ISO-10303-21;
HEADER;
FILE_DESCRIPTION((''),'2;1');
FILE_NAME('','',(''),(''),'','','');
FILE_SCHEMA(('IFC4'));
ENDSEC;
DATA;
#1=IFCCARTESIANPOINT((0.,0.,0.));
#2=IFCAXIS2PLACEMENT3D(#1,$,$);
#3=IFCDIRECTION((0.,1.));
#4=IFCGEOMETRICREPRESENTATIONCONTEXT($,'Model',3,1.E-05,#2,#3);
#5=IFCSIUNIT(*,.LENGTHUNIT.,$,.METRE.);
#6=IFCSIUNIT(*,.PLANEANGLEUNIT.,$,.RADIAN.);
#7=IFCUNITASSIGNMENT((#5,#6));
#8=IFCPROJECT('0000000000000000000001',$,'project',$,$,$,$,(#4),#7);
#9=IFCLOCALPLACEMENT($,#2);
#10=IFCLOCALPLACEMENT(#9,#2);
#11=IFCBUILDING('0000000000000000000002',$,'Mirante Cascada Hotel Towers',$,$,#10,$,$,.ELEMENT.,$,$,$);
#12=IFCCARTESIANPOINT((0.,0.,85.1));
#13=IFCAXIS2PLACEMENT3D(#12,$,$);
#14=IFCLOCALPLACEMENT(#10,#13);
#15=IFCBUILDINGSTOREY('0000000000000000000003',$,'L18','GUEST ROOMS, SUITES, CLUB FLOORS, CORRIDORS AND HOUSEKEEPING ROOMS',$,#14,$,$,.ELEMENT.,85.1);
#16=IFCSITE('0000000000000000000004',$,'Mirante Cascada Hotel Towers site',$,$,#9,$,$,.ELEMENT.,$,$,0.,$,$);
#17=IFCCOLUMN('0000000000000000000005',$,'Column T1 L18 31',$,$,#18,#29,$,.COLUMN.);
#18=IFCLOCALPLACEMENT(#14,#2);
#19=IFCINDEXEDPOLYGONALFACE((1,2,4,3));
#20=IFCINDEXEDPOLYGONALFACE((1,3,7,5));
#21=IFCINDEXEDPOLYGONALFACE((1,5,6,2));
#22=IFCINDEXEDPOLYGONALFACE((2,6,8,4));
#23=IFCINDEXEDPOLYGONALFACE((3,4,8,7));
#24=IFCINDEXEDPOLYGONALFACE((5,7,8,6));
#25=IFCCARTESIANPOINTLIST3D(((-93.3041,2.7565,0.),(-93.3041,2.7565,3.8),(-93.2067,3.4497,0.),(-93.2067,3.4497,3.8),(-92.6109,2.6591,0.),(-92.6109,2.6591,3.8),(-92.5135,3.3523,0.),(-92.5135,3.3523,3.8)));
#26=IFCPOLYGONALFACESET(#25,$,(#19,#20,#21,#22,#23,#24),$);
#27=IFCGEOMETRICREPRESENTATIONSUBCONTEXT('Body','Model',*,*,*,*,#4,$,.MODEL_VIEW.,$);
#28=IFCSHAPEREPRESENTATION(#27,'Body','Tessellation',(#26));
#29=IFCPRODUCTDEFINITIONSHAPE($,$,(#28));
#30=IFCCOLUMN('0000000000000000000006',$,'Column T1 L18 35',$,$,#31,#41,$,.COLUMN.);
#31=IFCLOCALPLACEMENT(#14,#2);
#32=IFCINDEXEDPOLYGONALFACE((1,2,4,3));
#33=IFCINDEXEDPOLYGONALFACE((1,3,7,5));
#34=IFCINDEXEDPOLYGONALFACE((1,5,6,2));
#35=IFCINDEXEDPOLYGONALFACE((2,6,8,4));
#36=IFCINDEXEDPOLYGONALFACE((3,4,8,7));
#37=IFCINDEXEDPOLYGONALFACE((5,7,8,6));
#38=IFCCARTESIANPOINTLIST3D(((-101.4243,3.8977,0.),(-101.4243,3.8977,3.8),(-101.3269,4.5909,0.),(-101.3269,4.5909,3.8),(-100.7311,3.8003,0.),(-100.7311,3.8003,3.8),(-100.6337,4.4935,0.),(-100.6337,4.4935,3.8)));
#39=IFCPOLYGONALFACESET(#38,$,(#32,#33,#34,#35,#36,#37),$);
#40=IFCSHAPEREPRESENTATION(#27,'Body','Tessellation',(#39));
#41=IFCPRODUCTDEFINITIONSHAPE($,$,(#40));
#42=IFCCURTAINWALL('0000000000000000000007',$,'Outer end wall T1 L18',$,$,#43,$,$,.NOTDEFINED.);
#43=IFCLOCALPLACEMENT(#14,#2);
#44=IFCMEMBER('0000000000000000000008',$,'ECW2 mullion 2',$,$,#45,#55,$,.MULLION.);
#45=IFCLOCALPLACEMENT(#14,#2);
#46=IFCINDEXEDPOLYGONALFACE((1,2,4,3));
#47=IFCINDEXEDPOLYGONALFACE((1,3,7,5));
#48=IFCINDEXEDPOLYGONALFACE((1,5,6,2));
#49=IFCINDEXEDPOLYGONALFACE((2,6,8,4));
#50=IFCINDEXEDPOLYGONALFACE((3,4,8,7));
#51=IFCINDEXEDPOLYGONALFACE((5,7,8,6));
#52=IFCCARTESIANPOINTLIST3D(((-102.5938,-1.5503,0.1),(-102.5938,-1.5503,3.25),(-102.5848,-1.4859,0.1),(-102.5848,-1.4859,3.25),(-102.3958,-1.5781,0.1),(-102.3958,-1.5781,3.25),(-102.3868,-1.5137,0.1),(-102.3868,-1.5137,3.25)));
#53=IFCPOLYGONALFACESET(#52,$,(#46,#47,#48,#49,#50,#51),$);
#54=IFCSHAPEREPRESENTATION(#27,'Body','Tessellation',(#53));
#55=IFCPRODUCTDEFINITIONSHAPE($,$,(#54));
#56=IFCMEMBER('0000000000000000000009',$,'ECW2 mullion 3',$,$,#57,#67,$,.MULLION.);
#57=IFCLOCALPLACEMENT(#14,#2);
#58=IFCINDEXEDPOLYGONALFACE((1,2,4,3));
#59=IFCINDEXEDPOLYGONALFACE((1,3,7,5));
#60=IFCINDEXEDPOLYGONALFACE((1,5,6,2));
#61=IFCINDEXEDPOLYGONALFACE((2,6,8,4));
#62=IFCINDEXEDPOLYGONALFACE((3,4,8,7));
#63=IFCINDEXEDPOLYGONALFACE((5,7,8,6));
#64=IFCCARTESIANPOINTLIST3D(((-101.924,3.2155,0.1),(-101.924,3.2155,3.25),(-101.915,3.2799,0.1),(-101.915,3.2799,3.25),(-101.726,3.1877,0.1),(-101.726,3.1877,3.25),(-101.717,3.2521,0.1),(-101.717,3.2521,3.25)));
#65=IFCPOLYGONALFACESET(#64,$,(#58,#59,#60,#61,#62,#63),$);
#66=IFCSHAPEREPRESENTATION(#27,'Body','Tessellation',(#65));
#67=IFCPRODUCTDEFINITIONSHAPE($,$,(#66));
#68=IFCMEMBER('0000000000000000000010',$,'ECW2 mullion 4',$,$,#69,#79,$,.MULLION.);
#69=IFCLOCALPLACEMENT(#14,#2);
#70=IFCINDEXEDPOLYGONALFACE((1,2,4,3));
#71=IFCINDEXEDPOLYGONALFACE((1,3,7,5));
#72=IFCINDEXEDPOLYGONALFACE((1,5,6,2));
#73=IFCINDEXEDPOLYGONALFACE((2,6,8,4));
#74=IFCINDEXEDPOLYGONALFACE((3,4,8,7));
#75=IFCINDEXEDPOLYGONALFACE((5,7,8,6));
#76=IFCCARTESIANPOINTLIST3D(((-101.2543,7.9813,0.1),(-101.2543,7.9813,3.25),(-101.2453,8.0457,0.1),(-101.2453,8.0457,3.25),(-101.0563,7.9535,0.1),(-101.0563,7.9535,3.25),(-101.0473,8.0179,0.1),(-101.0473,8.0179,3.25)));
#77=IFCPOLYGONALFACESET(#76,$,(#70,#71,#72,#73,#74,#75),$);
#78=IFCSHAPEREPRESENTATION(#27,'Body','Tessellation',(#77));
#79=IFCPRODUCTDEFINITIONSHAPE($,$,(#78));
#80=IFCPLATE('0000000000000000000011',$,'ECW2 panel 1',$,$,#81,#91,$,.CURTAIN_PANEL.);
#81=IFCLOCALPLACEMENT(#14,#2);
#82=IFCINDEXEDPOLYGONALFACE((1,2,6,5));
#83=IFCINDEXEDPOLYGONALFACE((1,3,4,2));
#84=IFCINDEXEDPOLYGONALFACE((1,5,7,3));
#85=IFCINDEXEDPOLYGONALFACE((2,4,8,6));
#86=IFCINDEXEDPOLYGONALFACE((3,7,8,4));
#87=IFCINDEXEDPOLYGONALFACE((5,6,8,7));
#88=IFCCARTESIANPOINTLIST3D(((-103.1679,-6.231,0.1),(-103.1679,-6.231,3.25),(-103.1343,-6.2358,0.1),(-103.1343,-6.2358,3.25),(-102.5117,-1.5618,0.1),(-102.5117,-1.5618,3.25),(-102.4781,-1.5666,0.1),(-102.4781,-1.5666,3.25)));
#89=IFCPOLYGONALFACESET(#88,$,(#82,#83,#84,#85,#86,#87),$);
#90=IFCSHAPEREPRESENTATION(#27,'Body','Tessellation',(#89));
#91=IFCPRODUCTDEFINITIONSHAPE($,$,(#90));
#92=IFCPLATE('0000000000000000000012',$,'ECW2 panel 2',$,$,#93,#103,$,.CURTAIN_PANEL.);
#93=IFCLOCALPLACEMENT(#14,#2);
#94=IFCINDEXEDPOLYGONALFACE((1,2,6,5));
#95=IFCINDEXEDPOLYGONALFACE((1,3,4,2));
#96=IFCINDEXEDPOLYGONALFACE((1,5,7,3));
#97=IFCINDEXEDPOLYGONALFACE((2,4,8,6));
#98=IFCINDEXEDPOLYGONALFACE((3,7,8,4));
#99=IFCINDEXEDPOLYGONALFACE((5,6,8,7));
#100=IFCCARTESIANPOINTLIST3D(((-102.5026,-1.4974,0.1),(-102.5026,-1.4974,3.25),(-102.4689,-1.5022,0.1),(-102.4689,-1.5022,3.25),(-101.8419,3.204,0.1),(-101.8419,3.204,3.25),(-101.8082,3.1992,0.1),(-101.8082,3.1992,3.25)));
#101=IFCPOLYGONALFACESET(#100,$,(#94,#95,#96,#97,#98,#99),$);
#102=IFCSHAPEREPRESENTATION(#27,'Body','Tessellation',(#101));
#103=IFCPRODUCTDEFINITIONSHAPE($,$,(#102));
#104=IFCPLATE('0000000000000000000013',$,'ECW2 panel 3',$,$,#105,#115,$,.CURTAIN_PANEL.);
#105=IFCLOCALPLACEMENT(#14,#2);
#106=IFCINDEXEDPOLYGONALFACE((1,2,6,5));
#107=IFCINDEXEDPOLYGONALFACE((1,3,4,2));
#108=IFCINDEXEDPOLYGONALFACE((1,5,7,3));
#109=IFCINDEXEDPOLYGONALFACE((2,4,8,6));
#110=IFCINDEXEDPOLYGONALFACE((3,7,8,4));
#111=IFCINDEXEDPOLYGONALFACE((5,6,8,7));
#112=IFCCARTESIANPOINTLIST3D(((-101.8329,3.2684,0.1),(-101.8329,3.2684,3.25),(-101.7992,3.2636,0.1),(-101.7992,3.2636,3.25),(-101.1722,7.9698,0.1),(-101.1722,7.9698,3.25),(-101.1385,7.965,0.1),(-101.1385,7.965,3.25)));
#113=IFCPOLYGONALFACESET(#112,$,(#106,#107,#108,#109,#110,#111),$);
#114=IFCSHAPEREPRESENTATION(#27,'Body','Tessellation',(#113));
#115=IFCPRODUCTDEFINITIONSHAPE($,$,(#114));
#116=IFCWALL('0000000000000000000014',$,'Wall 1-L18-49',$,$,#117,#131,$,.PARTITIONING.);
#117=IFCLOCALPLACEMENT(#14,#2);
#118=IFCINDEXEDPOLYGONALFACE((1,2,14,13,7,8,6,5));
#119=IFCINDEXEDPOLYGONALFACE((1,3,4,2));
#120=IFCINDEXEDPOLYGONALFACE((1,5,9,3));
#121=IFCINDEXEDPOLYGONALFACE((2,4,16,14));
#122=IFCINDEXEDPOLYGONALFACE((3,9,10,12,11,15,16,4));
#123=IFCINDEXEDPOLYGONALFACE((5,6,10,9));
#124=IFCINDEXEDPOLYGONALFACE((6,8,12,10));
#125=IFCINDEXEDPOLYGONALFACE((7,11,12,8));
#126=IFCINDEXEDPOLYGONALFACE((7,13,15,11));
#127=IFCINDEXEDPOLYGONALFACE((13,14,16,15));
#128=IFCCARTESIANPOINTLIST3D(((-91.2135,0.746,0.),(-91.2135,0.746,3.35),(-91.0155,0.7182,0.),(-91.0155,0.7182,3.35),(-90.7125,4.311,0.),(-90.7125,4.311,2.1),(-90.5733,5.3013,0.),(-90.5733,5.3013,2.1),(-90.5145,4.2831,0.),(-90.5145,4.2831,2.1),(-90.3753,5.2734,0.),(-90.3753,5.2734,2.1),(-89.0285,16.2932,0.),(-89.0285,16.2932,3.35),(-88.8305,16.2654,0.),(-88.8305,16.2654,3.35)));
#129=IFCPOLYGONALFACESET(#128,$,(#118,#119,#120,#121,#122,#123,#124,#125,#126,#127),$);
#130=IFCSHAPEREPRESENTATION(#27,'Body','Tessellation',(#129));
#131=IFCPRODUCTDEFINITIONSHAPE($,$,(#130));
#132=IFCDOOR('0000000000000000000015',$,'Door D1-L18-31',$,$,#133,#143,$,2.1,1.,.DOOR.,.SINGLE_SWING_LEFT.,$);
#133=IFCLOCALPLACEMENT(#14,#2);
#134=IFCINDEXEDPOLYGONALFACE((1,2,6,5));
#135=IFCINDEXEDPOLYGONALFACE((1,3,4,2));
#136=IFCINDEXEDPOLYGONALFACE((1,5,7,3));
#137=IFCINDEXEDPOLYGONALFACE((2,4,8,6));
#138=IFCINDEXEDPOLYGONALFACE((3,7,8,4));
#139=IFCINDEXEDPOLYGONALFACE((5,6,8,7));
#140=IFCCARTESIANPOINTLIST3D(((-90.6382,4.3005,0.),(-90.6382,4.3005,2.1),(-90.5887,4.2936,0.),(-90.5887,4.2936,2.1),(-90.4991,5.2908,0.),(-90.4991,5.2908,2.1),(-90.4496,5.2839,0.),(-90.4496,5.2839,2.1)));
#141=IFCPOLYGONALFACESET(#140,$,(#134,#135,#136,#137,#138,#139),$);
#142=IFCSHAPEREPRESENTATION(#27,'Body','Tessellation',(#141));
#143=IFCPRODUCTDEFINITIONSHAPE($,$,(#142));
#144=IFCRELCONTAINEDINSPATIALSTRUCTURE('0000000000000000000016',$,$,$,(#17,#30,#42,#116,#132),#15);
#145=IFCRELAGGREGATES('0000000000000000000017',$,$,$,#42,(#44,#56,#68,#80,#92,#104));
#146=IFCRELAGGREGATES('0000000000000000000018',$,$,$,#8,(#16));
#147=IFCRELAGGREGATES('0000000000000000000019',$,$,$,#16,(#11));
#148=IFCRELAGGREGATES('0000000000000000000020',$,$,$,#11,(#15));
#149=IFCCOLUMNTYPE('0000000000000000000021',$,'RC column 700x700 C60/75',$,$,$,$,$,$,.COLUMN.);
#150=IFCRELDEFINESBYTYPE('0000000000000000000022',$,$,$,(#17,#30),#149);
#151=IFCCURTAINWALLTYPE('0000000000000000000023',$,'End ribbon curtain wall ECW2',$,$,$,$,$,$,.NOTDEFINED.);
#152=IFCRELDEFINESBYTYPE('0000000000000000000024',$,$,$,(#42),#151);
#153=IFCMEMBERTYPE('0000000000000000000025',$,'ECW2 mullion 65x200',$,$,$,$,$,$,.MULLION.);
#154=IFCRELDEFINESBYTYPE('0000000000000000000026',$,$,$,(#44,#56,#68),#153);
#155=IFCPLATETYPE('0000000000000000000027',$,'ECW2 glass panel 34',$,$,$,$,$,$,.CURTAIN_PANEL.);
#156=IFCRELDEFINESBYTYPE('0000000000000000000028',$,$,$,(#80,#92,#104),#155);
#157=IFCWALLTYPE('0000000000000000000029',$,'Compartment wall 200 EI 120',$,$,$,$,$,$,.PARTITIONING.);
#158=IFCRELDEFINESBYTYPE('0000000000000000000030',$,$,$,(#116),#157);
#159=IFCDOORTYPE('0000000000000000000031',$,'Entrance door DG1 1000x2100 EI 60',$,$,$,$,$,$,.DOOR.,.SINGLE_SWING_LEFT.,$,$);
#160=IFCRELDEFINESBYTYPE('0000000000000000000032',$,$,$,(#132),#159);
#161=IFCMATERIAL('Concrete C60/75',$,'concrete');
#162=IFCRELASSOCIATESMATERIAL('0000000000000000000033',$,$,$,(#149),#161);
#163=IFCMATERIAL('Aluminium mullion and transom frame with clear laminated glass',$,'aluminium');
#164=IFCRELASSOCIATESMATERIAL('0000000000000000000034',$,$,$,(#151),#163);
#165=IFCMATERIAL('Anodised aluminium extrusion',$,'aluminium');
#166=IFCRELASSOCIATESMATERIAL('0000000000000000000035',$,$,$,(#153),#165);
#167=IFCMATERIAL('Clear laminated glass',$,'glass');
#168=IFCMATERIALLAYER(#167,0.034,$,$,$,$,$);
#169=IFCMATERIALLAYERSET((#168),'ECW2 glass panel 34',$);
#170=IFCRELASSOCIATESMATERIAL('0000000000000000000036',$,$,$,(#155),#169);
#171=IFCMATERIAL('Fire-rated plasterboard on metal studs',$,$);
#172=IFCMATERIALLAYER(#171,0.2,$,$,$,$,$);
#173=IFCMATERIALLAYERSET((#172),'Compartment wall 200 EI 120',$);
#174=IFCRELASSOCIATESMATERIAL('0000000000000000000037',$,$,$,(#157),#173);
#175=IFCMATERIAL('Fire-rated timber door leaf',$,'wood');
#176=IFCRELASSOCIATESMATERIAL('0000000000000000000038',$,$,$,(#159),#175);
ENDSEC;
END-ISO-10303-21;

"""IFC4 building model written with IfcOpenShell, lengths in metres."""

from ifc_helpers import new_model, si_unit, direction, frame, frame_2d, origin, origin_2d, place, context, subcontext, project, spatial, rectangle, extrude, material, layer, layer_set, material_profile, profile_set, type_object, element, fill, aggregate, save


model = new_model("IFC4")

# Units and contexts
model_context = context("Model", 3, precision=1e-05, world=origin(), true_north=direction((0.0, 1.0)))
body_context = subcontext(model_context, "Body", "Model", "MODEL_VIEW")
ifc_project = project(units=[si_unit("LENGTHUNIT", "METRE"), si_unit("PLANEANGLEUNIT", "RADIAN")], contexts=[model_context])

# Site, building, storey
site_placement = place(None, origin())
site = spatial("IfcSite", under=ifc_project, at=site_placement, Name="Mirante Cascada Hotel Towers site", CompositionType="ELEMENT", RefElevation=0.0)
building_placement = place(site_placement, origin())
building = spatial("IfcBuilding", under=site, at=building_placement, Name="Mirante Cascada Hotel Towers", CompositionType="ELEMENT")
storey_placement = place(building_placement, frame((0.0, 0.0, 85.1)))
storey = spatial("IfcBuildingStorey", under=building, at=storey_placement, Name="L18", Description="GUEST ROOMS, SUITES, CLUB FLOORS, CORRIDORS AND HOUSEKEEPING ROOMS", CompositionType="ELEMENT", Elevation=85.1)

# Columns
ifc_material_1 = material(Name="Concrete C60/75", Category="concrete")
ifc_material_profile_1 = material_profile(ifc_material_1, rectangle(XDim=0.7, YDim=0.7, at=origin_2d()), Name="RC column 700x700 C60/75")
ifc_profile_set_1 = profile_set([ifc_material_profile_1], Name="Concrete C60/75")
column_type = type_object("IfcColumnType", Name="RC column 700x700 C60/75", PredefinedType="COLUMN", material=ifc_profile_set_1)
for number, where, z_axis, x_axis, name in (
    (1, (-92.9088, 3.0544, 0.0), (0.0, 0.0, 1.0), (-0.990268, 0.139173, 0.0), "Column T1 L18 31"),
    (2, (-101.029, 4.1956, 0.0), (0.0, 0.0, 1.0), (-0.990268, 0.139173, 0.0), "Column T1 L18 35"),
):
    element("IfcColumn", number, at=place(storey_placement, frame(where, z_axis=z_axis, x_axis=x_axis)), inside=storey, type_object=column_type, Name=name, PredefinedType="COLUMN", context=body_context, shape_type="SweptSolid", body=[
        extrude(rectangle(XDim=0.7, YDim=0.7, at=origin_2d()), origin(), (0.0, 0.0, 1.0), 3.8),
    ])

# Curtain wall, members, plates
ifc_material_2 = material(Name="Aluminium mullion and transom frame with clear laminated glass", Category="aluminium")
curtain_wall_type = type_object("IfcCurtainWallType", Name="End ribbon curtain wall ECW2", PredefinedType="NOTDEFINED", material=ifc_material_2)
curtain_wall_placement = place(storey_placement, origin())
curtain_wall = element("IfcCurtainWall", 3, at=curtain_wall_placement, inside=storey, type_object=curtain_wall_type, Name="Outer end wall T1 L18", PredefinedType="NOTDEFINED")
ifc_material_3 = material(Name="Anodised aluminium extrusion", Category="aluminium")
ifc_material_profile_2 = material_profile(ifc_material_3, rectangle(XDim=0.2, YDim=0.065, at=origin_2d()), Name="ECW2 MULLION 65x200")
ifc_profile_set_2 = profile_set([ifc_material_profile_2], Name="Anodised aluminium extrusion")
member_type = type_object("IfcMemberType", Name="ECW2 mullion 65x200", PredefinedType="MULLION", material=ifc_profile_set_2)
member_1_placement = place(storey_placement, frame((-102.4903, -1.532, 0.1), z_axis=(0.0, 0.0, 1.0), x_axis=(-0.990268, 0.139173, 0.0)))
member_1 = element("IfcMember", 4, at=member_1_placement, type_object=member_type, Name="ECW2 mullion 2", PredefinedType="MULLION", context=body_context, shape_type="SweptSolid", body=[
    extrude(rectangle(XDim=0.2, YDim=0.065, at=origin_2d()), origin(), (0.0, 0.0, 1.0), 3.15),
])
member_2_placement = place(storey_placement, frame((-101.8205, 3.2338, 0.1), z_axis=(0.0, 0.0, 1.0), x_axis=(-0.990268, 0.139173, 0.0)))
member_2 = element("IfcMember", 5, at=member_2_placement, type_object=member_type, Name="ECW2 mullion 3", PredefinedType="MULLION", context=body_context, shape_type="SweptSolid", body=[
    extrude(rectangle(XDim=0.2, YDim=0.065, at=origin_2d()), origin(), (0.0, 0.0, 1.0), 3.15),
])
member_3_placement = place(storey_placement, frame((-101.1508, 7.9996, 0.1), z_axis=(0.0, 0.0, 1.0), x_axis=(-0.990268, 0.139173, 0.0)))
member_3 = element("IfcMember", 6, at=member_3_placement, type_object=member_type, Name="ECW2 mullion 4", PredefinedType="MULLION", context=body_context, shape_type="SweptSolid", body=[
    extrude(rectangle(XDim=0.2, YDim=0.065, at=origin_2d()), origin(), (0.0, 0.0, 1.0), 3.15),
])
ifc_material_4 = material(Name="Clear laminated glass", Category="glass")
ifc_layer_1 = layer(ifc_material_4, 0.034)
ifc_layer_set_1 = layer_set([ifc_layer_1], Name="ECW2 glass panel 34")
plate_type = type_object("IfcPlateType", Name="ECW2 glass panel 34", PredefinedType="CURTAIN_PANEL", material=ifc_layer_set_1)
plate_1_placement = place(storey_placement, frame((-102.823, -3.8988, 0.1), z_axis=(0.0, 0.0, 1.0), x_axis=(0.139173, 0.990268, 0.0)))
plate_1 = element("IfcPlate", 7, at=plate_1_placement, type_object=plate_type, Name="ECW2 panel 1", PredefinedType="CURTAIN_PANEL", context=body_context, shape_type="SweptSolid", body=[
    extrude(rectangle(XDim=4.7151, YDim=0.034, at=origin_2d()), origin(), (0.0, 0.0, 1.0), 3.15),
])
plate_2_placement = place(storey_placement, frame((-102.1554, 0.8509, 0.1), z_axis=(0.0, 0.0, 1.0), x_axis=(0.139173, 0.990268, 0.0)))
plate_2 = element("IfcPlate", 8, at=plate_2_placement, type_object=plate_type, Name="ECW2 panel 2", PredefinedType="CURTAIN_PANEL", context=body_context, shape_type="SweptSolid", body=[
    extrude(rectangle(XDim=4.7476, YDim=0.034, at=origin_2d()), origin(), (0.0, 0.0, 1.0), 3.15),
])
plate_3_placement = place(storey_placement, frame((-101.4857, 5.6167, 0.1), z_axis=(0.0, 0.0, 1.0), x_axis=(0.139173, 0.990268, 0.0)))
plate_3 = element("IfcPlate", 9, at=plate_3_placement, type_object=plate_type, Name="ECW2 panel 3", PredefinedType="CURTAIN_PANEL", context=body_context, shape_type="SweptSolid", body=[
    extrude(rectangle(XDim=4.7476, YDim=0.034, at=origin_2d()), origin(), (0.0, 0.0, 1.0), 3.15),
])
aggregate(curtain_wall, [member_1, member_2, member_3, plate_1, plate_2, plate_3])

# Wall, opening, door
ifc_material_5 = material(Name="Fire-rated plasterboard on metal studs")
ifc_layer_2 = layer(ifc_material_5, 0.2)
ifc_layer_set_2 = layer_set([ifc_layer_2], Name="Compartment wall 200 EI 120")
wall_type_1 = type_object("IfcWallType", Name="Compartment wall 200 EI 120", PredefinedType="PARTITIONING", material=ifc_layer_set_2)
wall_1_placement = place(storey_placement, frame((-91.1145, 0.7321, 0.0), z_axis=(0.0, 0.0, 1.0), x_axis=(0.139172, 0.990268, 0.0)))
wall_1 = element("IfcWall", 10, at=wall_1_placement, inside=storey, type_object=wall_type_1, Name="Wall 1-L18-49", PredefinedType="PARTITIONING", context=body_context, shape_type="SweptSolid", body=[
    extrude(rectangle(XDim=15.7, YDim=0.2, at=frame_2d((7.85, 0.0))), origin(), (0.0, 0.0, 1.0), 3.35),
])
opening_1_placement = place(wall_1_placement, frame((3.6, 0.0, 0.0)))
opening_1 = element("IfcOpeningElement", 11, at=opening_1_placement, cuts=wall_1, PredefinedType="OPENING", context=body_context, shape_type="SweptSolid", body=[
    extrude(rectangle(XDim=1.0, YDim=2.1, at=frame_2d((0.5, 1.05))), frame((0.0, 0.1, 0.0), z_axis=(0.0, -1.0, 0.0), x_axis=(1.0, 0.0, 0.0)), (0.0, 0.0, 1.0), 0.2),
])
ifc_material_6 = material(Name="Fire-rated timber door leaf", Category="wood")
door_type_1 = type_object("IfcDoorType", Name="Entrance door DG1 1000x2100 EI 60", OperationType="SINGLE_SWING_LEFT", PredefinedType="DOOR", material=ifc_material_6)
door_1_placement = place(opening_1_placement, origin())
door_1 = element("IfcDoor", 12, at=door_1_placement, inside=storey, type_object=door_type_1, Name="Door D1-L18-31", OperationType="SINGLE_SWING_LEFT", OverallHeight=2.1, OverallWidth=1.0, PredefinedType="DOOR", context=body_context, shape_type="SweptSolid", body=[
    extrude(rectangle(XDim=1.0, YDim=2.1, at=frame_2d((0.5, 1.05))), frame((0.0, 0.025, 0.0), z_axis=(0.0, -1.0, 0.0), x_axis=(1.0, 0.0, 0.0)), (0.0, 0.0, 1.0), 0.05),
])
fill(opening_1, door_1)

save(model, "model.ifc")
